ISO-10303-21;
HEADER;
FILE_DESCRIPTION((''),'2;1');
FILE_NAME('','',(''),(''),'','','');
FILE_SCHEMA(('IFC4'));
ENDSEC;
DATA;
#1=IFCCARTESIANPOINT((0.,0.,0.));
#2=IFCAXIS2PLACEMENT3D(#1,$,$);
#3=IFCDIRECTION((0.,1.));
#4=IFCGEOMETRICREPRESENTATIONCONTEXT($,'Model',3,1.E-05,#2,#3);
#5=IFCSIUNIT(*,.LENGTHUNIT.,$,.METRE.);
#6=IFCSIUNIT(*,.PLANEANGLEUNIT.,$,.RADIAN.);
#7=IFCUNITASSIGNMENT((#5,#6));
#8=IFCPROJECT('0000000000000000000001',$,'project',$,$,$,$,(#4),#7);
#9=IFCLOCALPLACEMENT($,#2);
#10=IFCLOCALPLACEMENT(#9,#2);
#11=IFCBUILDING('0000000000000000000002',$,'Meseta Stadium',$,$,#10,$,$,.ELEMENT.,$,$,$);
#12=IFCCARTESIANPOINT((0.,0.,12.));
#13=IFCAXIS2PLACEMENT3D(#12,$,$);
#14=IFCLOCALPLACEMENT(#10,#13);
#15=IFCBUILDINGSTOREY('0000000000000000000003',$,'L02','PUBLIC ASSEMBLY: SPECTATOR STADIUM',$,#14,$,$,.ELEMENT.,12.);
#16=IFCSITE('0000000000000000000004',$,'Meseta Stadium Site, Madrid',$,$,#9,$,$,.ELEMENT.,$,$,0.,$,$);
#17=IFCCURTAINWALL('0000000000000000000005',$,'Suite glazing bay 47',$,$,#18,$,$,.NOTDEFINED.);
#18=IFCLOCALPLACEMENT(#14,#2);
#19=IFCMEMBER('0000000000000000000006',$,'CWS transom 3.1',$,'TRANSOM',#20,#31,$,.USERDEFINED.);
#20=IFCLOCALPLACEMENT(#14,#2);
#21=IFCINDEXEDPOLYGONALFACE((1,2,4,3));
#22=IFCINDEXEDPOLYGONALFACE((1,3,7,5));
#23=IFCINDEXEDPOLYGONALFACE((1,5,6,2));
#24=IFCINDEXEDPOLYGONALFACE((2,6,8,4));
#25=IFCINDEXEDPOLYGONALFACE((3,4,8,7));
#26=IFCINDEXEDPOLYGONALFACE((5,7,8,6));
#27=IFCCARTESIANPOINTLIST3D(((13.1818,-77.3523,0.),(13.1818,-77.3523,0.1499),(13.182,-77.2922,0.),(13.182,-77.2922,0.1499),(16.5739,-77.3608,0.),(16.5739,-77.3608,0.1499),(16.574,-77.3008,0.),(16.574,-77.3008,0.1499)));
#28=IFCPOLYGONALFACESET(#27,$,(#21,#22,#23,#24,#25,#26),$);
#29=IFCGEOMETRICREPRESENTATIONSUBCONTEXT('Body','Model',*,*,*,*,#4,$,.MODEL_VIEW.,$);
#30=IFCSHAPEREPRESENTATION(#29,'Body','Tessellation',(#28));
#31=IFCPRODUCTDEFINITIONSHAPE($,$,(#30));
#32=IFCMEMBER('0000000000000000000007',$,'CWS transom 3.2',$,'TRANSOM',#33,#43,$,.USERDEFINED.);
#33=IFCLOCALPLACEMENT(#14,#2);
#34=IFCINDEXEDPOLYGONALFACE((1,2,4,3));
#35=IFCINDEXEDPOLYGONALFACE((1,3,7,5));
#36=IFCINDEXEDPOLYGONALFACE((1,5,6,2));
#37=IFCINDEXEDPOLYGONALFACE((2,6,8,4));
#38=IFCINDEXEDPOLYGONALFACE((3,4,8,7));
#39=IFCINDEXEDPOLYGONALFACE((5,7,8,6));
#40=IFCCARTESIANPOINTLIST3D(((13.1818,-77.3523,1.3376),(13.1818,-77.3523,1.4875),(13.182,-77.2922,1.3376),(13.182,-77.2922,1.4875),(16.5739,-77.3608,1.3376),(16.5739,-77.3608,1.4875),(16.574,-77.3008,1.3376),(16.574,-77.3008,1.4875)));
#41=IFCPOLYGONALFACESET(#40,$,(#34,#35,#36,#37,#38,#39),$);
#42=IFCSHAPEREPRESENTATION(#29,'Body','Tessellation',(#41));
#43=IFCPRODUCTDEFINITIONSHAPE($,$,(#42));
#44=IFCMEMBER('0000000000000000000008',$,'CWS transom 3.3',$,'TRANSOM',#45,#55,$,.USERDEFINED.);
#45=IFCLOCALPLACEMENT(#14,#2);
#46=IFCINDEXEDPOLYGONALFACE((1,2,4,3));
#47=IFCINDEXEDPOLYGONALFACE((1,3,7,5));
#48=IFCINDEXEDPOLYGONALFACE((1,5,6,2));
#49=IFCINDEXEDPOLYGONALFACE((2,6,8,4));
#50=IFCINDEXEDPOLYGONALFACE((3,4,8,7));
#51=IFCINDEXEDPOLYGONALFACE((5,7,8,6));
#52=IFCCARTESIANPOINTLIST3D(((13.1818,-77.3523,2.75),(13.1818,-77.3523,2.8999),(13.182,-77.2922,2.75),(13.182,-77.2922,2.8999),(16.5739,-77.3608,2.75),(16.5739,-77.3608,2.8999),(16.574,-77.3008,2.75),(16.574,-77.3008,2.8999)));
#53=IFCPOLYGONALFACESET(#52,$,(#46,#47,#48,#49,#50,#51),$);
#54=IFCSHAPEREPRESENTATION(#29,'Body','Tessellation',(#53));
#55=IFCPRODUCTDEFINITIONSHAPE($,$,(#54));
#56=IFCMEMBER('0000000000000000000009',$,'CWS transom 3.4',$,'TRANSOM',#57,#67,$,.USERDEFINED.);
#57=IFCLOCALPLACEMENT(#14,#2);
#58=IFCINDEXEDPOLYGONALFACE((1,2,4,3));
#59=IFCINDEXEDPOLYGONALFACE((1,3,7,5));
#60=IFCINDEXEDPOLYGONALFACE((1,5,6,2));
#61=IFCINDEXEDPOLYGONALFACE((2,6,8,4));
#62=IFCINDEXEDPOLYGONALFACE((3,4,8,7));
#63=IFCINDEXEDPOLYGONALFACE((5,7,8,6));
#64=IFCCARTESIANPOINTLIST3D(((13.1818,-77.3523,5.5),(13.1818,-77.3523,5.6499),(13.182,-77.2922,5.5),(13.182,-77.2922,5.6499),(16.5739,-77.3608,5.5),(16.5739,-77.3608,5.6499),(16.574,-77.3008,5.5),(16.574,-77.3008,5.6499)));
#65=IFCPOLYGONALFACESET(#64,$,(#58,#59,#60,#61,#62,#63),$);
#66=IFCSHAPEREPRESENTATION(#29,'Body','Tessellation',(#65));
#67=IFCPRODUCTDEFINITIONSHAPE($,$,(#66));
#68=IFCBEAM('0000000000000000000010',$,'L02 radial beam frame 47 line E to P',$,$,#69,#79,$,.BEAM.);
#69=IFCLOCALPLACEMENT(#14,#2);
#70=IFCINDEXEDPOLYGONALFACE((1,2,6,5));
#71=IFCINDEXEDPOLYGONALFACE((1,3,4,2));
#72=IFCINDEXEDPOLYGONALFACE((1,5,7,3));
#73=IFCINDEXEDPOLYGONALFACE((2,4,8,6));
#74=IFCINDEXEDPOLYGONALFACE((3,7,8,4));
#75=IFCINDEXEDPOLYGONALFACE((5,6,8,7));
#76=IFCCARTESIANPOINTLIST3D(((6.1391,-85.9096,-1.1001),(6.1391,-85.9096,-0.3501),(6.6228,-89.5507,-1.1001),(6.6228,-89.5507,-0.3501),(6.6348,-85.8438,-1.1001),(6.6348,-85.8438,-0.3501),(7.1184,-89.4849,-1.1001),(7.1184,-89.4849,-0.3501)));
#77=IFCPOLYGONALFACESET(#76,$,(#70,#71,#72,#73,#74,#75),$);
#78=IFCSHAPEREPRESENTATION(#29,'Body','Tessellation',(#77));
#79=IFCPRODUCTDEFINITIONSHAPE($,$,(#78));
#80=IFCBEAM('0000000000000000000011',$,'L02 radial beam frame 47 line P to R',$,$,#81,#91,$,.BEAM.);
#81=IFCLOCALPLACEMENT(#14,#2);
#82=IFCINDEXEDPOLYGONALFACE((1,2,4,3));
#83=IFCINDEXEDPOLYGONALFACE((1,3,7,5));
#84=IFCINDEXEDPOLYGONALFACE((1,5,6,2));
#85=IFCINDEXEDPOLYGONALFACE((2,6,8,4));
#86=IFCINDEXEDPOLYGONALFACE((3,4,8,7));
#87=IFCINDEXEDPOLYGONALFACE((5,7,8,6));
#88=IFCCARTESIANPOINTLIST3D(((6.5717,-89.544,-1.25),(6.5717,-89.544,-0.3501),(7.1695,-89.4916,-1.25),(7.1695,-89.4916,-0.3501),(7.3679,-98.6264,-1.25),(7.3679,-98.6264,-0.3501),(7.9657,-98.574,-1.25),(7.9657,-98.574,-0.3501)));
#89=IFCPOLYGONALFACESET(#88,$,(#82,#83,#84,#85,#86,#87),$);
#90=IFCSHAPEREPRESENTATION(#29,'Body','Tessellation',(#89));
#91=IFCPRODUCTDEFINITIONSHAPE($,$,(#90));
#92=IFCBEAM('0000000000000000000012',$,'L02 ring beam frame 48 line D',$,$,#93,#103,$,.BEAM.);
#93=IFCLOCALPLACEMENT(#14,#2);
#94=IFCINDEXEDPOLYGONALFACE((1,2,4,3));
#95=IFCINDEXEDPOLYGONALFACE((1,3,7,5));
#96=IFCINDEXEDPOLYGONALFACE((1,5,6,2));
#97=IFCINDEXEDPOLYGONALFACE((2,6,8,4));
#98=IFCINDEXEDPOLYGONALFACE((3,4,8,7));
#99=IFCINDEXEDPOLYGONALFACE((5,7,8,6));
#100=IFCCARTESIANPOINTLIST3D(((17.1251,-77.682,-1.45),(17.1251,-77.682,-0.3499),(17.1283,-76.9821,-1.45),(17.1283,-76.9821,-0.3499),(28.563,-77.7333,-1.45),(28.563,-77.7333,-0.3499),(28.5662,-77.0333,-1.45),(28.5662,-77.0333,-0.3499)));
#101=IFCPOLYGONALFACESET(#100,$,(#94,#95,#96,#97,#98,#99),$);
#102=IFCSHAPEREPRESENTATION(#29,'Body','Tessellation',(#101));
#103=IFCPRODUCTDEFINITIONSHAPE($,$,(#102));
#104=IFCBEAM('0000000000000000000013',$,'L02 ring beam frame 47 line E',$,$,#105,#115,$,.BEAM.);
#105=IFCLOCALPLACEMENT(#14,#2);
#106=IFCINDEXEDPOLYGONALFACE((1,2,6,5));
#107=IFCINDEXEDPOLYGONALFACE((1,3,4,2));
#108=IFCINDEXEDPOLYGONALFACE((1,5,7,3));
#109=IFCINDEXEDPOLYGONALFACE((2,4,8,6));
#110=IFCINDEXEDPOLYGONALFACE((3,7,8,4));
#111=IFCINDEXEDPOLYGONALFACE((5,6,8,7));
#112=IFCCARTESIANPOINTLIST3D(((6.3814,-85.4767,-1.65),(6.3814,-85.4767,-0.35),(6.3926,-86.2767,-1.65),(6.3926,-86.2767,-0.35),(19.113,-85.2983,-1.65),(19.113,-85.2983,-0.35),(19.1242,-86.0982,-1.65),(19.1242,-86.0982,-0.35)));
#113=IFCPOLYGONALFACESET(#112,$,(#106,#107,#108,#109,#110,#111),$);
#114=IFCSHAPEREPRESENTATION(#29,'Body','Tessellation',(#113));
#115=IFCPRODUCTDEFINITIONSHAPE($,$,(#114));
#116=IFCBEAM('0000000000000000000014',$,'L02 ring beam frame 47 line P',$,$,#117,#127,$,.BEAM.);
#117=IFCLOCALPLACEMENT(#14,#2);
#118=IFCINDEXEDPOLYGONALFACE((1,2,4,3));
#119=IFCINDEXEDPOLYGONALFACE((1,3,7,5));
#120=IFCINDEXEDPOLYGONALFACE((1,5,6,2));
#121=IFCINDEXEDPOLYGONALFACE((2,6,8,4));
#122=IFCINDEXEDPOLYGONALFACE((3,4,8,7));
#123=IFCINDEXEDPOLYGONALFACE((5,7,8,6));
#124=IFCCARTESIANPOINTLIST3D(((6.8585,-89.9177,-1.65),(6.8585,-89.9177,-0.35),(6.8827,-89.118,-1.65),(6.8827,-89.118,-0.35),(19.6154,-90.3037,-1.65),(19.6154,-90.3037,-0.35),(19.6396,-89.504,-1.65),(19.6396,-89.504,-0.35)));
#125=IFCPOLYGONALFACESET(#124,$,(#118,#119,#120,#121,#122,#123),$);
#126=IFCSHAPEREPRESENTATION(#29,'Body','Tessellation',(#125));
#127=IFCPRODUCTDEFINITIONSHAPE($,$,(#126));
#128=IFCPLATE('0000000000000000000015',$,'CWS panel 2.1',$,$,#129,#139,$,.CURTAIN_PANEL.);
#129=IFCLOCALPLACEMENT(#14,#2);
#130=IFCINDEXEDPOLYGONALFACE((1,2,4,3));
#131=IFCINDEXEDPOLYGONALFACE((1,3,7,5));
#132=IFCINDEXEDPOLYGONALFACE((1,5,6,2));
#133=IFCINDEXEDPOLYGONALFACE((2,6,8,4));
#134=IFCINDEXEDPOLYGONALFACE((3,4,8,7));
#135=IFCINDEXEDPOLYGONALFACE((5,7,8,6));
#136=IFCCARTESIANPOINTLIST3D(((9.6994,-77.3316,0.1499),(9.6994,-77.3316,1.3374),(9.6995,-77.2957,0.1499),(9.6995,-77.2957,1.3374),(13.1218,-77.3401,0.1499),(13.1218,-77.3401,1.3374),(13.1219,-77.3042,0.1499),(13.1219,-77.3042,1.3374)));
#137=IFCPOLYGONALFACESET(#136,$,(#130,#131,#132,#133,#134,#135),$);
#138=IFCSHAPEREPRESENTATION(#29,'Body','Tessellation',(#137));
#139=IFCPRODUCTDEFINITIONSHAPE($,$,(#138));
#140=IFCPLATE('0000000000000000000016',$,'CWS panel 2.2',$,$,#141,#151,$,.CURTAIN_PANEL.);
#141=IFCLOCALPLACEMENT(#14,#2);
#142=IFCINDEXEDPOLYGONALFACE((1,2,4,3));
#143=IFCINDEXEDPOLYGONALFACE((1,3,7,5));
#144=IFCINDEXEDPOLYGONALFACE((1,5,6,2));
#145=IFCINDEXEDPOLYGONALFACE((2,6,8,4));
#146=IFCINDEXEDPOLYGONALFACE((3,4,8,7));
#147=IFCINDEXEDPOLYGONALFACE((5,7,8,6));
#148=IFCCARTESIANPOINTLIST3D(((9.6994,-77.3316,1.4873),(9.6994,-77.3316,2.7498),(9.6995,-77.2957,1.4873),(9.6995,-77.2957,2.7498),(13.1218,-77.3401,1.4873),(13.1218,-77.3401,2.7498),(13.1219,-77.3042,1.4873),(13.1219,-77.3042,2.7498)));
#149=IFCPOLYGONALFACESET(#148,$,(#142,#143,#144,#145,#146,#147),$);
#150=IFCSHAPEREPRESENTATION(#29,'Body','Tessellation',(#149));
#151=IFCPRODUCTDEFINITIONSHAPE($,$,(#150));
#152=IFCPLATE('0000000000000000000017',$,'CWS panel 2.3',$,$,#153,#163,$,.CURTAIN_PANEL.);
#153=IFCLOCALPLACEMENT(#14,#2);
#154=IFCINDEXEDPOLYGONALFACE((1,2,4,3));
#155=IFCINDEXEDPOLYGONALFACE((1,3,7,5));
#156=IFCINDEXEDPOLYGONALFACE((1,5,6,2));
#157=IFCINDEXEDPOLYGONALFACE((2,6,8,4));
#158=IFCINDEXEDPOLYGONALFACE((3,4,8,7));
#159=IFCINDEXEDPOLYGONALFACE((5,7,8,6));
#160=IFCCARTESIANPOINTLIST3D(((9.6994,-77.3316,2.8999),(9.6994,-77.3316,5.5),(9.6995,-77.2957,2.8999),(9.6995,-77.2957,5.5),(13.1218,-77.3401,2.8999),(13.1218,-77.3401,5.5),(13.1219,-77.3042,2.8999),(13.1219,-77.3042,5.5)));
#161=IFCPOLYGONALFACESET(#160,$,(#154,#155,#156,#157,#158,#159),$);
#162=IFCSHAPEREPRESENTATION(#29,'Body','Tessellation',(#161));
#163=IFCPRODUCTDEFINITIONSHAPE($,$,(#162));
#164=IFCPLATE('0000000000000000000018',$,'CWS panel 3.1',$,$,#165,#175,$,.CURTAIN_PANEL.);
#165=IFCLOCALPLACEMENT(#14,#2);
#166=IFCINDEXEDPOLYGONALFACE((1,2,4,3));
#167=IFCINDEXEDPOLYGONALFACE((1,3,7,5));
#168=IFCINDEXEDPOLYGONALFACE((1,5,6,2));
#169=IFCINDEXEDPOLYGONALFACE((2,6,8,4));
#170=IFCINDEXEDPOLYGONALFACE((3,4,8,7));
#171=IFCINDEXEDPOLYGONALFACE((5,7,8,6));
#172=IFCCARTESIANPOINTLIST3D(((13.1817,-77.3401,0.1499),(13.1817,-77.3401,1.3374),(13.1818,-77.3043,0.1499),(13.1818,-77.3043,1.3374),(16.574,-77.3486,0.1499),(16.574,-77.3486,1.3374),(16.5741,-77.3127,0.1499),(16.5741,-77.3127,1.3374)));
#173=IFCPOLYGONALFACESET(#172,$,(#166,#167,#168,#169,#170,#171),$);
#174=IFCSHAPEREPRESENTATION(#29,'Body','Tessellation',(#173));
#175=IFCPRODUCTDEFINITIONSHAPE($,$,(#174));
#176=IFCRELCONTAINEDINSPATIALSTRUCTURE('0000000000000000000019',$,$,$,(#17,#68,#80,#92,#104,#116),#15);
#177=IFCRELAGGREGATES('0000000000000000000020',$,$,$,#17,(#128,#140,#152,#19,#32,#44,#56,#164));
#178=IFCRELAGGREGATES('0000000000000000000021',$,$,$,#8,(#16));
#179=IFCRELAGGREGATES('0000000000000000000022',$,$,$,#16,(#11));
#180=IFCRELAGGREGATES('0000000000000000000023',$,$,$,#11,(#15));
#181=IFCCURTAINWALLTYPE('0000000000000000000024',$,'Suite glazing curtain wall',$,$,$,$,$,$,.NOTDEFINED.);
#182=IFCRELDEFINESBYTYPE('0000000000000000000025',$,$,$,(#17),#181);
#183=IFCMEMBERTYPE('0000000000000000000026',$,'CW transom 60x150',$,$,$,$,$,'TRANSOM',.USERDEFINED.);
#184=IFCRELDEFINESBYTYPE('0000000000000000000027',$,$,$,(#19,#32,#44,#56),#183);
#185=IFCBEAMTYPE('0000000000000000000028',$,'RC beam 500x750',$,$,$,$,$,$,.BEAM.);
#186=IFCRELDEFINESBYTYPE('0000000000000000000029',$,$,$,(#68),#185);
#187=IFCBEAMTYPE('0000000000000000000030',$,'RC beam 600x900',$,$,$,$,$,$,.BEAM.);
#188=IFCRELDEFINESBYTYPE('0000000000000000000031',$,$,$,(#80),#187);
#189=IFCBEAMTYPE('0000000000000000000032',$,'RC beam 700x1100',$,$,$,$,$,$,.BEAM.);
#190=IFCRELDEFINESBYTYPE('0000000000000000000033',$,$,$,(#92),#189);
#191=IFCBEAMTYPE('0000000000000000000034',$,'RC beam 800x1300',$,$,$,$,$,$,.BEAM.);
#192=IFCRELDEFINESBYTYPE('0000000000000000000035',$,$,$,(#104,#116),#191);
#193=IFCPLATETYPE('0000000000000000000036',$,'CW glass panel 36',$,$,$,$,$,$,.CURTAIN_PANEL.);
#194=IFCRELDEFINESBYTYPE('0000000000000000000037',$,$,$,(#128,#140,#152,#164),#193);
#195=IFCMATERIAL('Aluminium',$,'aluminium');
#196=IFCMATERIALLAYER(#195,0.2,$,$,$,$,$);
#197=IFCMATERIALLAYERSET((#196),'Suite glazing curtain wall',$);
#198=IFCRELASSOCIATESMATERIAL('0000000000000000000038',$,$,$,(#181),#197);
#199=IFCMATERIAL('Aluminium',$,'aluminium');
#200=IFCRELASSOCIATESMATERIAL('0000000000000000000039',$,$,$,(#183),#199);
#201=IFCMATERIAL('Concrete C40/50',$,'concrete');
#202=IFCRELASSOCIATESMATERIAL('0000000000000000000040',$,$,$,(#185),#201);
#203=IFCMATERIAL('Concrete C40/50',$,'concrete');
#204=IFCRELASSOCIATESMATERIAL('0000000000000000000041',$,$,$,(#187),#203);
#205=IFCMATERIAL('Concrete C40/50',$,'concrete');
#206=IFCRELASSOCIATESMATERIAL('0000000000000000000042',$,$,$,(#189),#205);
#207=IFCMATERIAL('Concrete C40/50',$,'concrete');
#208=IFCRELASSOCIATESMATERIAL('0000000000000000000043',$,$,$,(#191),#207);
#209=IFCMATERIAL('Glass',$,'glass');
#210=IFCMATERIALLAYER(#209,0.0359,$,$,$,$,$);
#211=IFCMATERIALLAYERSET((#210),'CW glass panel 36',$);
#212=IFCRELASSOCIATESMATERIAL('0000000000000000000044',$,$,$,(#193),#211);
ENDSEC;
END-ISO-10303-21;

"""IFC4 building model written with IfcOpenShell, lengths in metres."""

from ifc_helpers import new_model, si_unit, direction, frame, origin, origin_2d, place, context, subcontext, project, spatial, rectangle, extrude, material, layer, layer_set, material_profile, profile_set, type_object, element, aggregate, save


model = new_model("IFC4")

# Units and contexts
model_context = context("Model", 3, precision=1e-05, world=origin(), true_north=direction((0.0, 1.0)))
body_context = subcontext(model_context, "Body", "Model", "MODEL_VIEW")
ifc_project = project(units=[si_unit("LENGTHUNIT", "METRE"), si_unit("PLANEANGLEUNIT", "RADIAN")], contexts=[model_context])

# Site, building, storey
site_placement = place(None, origin())
site = spatial("IfcSite", under=ifc_project, at=site_placement, Name="Meseta Stadium Site, Madrid", CompositionType="ELEMENT", RefElevation=0.0)
building_placement = place(site_placement, origin())
building = spatial("IfcBuilding", under=site, at=building_placement, Name="Meseta Stadium", CompositionType="ELEMENT")
storey_placement = place(building_placement, frame((0.0, 0.0, 12.0)))
storey = spatial("IfcBuildingStorey", under=building, at=storey_placement, Name="L02", Description="PUBLIC ASSEMBLY: SPECTATOR STADIUM", CompositionType="ELEMENT", Elevation=12.0)

# Curtain wall, members
ifc_material_1 = material(Name="Aluminium", Category="aluminium")
ifc_layer_1 = layer(ifc_material_1, 0.2)
ifc_layer_set_1 = layer_set([ifc_layer_1], Name="Suite glazing curtain wall")
curtain_wall_type = type_object("IfcCurtainWallType", Name="Suite glazing curtain wall", PredefinedType="NOTDEFINED", material=ifc_layer_set_1)
curtain_wall_placement = place(storey_placement, origin())
curtain_wall = element("IfcCurtainWall", 1, at=curtain_wall_placement, inside=storey, type_object=curtain_wall_type, Name="Suite glazing bay 47", PredefinedType="NOTDEFINED")
ifc_material_2 = material(Name="Aluminium", Category="aluminium")
ifc_material_profile_1 = material_profile(ifc_material_2, rectangle(XDim=0.0601, YDim=0.1499, at=origin_2d()), Name="CW 60x150")
ifc_profile_set_1 = profile_set([ifc_material_profile_1], Name="Aluminium")
member_type_1 = type_object("IfcMemberType", Name="CW transom 60x150", ElementType="TRANSOM", PredefinedType="USERDEFINED", material=ifc_profile_set_1)
member_1_placement = place(storey_placement, frame((13.1819, -77.3223, 0.075), z_axis=(0.999997, -0.002519, 0.0), x_axis=(0.002519, 0.999997, 0.0)))
member_1 = element("IfcMember", 2, at=member_1_placement, type_object=member_type_1, Name="CWS transom 3.1", ObjectType="TRANSOM", PredefinedType="USERDEFINED", context=body_context, shape_type="SweptSolid", body=[
    extrude(rectangle(XDim=0.0601, YDim=0.1499, at=origin_2d()), origin(), (0.0, 0.0, 1.0), 3.3921),
])
member_2_placement = place(storey_placement, frame((13.1819, -77.3223, 1.4126), z_axis=(0.999997, -0.002519, 0.0), x_axis=(0.002519, 0.999997, 0.0)))
member_2 = element("IfcMember", 3, at=member_2_placement, type_object=member_type_1, Name="CWS transom 3.2", ObjectType="TRANSOM", PredefinedType="USERDEFINED", context=body_context, shape_type="SweptSolid", body=[
    extrude(rectangle(XDim=0.0601, YDim=0.1499, at=origin_2d()), origin(), (0.0, 0.0, 1.0), 3.3921),
])
member_3_placement = place(storey_placement, frame((13.1819, -77.3223, 2.825), z_axis=(0.999997, -0.002519, 0.0), x_axis=(0.002519, 0.999997, 0.0)))
member_3 = element("IfcMember", 4, at=member_3_placement, type_object=member_type_1, Name="CWS transom 3.3", ObjectType="TRANSOM", PredefinedType="USERDEFINED", context=body_context, shape_type="SweptSolid", body=[
    extrude(rectangle(XDim=0.0601, YDim=0.1499, at=origin_2d()), origin(), (0.0, 0.0, 1.0), 3.3921),
])
member_4_placement = place(storey_placement, frame((13.1819, -77.3223, 5.575), z_axis=(0.999997, -0.002519, 0.0), x_axis=(0.002519, 0.999997, 0.0)))
member_4 = element("IfcMember", 5, at=member_4_placement, type_object=member_type_1, Name="CWS transom 3.4", ObjectType="TRANSOM", PredefinedType="USERDEFINED", context=body_context, shape_type="SweptSolid", body=[
    extrude(rectangle(XDim=0.0601, YDim=0.1499, at=origin_2d()), origin(), (0.0, 0.0, 1.0), 3.3921),
])

# Beams
ifc_material_3 = material(Name="Concrete C40/50", Category="concrete")
ifc_material_profile_2 = material_profile(ifc_material_3, rectangle(XDim=0.5, YDim=0.75, at=origin_2d()), Name="RC 500x750")
ifc_profile_set_2 = profile_set([ifc_material_profile_2], Name="Concrete C40/50")
beam_type_1 = type_object("IfcBeamType", Name="RC beam 500x750", PredefinedType="BEAM", material=ifc_profile_set_2)
beam_1_placement = place(storey_placement, frame((6.387, -85.8767, -0.7251), z_axis=(0.131672, -0.991293, 0.0), x_axis=(0.991293, 0.131672, 0.0)))
element("IfcBeam", 6, at=beam_1_placement, inside=storey, type_object=beam_type_1, Name="L02 radial beam frame 47 line E to P", PredefinedType="BEAM", context=body_context, shape_type="SweptSolid", body=[
    extrude(rectangle(XDim=0.5, YDim=0.75, at=origin_2d()), origin(), (0.0, 0.0, 1.0), 3.6731),
])
ifc_material_4 = material(Name="Concrete C40/50", Category="concrete")
ifc_material_profile_3 = material_profile(ifc_material_4, rectangle(XDim=0.6001, YDim=0.8999, at=origin_2d()), Name="RC 600x900")
ifc_profile_set_3 = profile_set([ifc_material_profile_3], Name="Concrete C40/50")
beam_type_2 = type_object("IfcBeamType", Name="RC beam 600x900", PredefinedType="BEAM", material=ifc_profile_set_3)
beam_2_placement = place(storey_placement, frame((6.8706, -89.5178, -0.8), z_axis=(0.087324, -0.99618, 0.0), x_axis=(0.99618, 0.087324, 0.0)))
element("IfcBeam", 7, at=beam_2_placement, inside=storey, type_object=beam_type_2, Name="L02 radial beam frame 47 line P to R", PredefinedType="BEAM", context=body_context, shape_type="SweptSolid", body=[
    extrude(rectangle(XDim=0.6001, YDim=0.8999, at=origin_2d()), origin(), (0.0, 0.0, 1.0), 9.1172),
])
ifc_material_5 = material(Name="Concrete C40/50", Category="concrete")
ifc_material_profile_4 = material_profile(ifc_material_5, rectangle(XDim=0.7, YDim=1.1001, at=origin_2d()), Name="RC 700x1100")
ifc_profile_set_4 = profile_set([ifc_material_profile_4], Name="Concrete C40/50")
beam_type_3 = type_object("IfcBeamType", Name="RC beam 700x1100", PredefinedType="BEAM", material=ifc_profile_set_4)
beam_3_placement = place(storey_placement, frame((17.1267, -77.332, -0.8999), z_axis=(0.99999, -0.004482, 0.0), x_axis=(0.004482, 0.99999, 0.0)))
element("IfcBeam", 8, at=beam_3_placement, inside=storey, type_object=beam_type_3, Name="L02 ring beam frame 48 line D", PredefinedType="BEAM", context=body_context, shape_type="SweptSolid", body=[
    extrude(rectangle(XDim=0.7, YDim=1.1001, at=origin_2d()), origin(), (0.0, 0.0, 1.0), 11.438),
])
ifc_material_6 = material(Name="Concrete C40/50", Category="concrete")
ifc_material_profile_5 = material_profile(ifc_material_6, rectangle(XDim=0.8, YDim=1.3, at=origin_2d()), Name="RC 800x1300")
ifc_profile_set_5 = profile_set([ifc_material_profile_5], Name="Concrete C40/50")
beam_type_4 = type_object("IfcBeamType", Name="RC beam 800x1300", PredefinedType="BEAM", material=ifc_profile_set_5)
beam_4_placement = place(storey_placement, frame((6.387, -85.8767, -1.0), z_axis=(0.999902, 0.014016, 0.0), x_axis=(-0.014016, 0.999902, 0.0)))
element("IfcBeam", 9, at=beam_4_placement, inside=storey, type_object=beam_type_4, Name="L02 ring beam frame 47 line E", PredefinedType="BEAM", context=body_context, shape_type="SweptSolid", body=[
    extrude(rectangle(XDim=0.8, YDim=1.3, at=origin_2d()), origin(), (0.0, 0.0, 1.0), 12.7329),
])
beam_5_placement = place(storey_placement, frame((6.8706, -89.5178, -1.0), z_axis=(0.999543, -0.030243, 0.0), x_axis=(0.030243, 0.999543, 0.0)))
element("IfcBeam", 10, at=beam_5_placement, inside=storey, type_object=beam_type_4, Name="L02 ring beam frame 47 line P", PredefinedType="BEAM", context=body_context, shape_type="SweptSolid", body=[
    extrude(rectangle(XDim=0.8, YDim=1.3, at=origin_2d()), origin(), (0.0, 0.0, 1.0), 12.7627),
])

# Plates
ifc_material_7 = material(Name="Glass", Category="glass")
ifc_layer_2 = layer(ifc_material_7, 0.0359)
ifc_layer_set_2 = layer_set([ifc_layer_2], Name="CW glass panel 36")
plate_type = type_object("IfcPlateType", Name="CW glass panel 36", PredefinedType="CURTAIN_PANEL", material=ifc_layer_set_2)
plate_1_placement = place(storey_placement, frame((11.4106, -77.3179, 0.1499), z_axis=(0.0, 0.0, 1.0), x_axis=(0.999997, -0.002486, 0.0)))
plate_1 = element("IfcPlate", 11, at=plate_1_placement, type_object=plate_type, Name="CWS panel 2.1", PredefinedType="CURTAIN_PANEL", context=body_context, shape_type="SweptSolid", body=[
    extrude(rectangle(XDim=3.4224, YDim=0.0359, at=origin_2d()), origin(), (0.0, 0.0, 1.0), 1.1875),
])
plate_2_placement = place(storey_placement, frame((11.4106, -77.3179, 1.4873), z_axis=(0.0, 0.0, 1.0), x_axis=(0.999997, -0.002486, 0.0)))
plate_2 = element("IfcPlate", 12, at=plate_2_placement, type_object=plate_type, Name="CWS panel 2.2", PredefinedType="CURTAIN_PANEL", context=body_context, shape_type="SweptSolid", body=[
    extrude(rectangle(XDim=3.4224, YDim=0.0359, at=origin_2d()), origin(), (0.0, 0.0, 1.0), 1.2625),
])
plate_3_placement = place(storey_placement, frame((11.4106, -77.3179, 2.8999), z_axis=(0.0, 0.0, 1.0), x_axis=(0.999997, -0.002486, 0.0)))
plate_3 = element("IfcPlate", 13, at=plate_3_placement, type_object=plate_type, Name="CWS panel 2.3", PredefinedType="CURTAIN_PANEL", context=body_context, shape_type="SweptSolid", body=[
    extrude(rectangle(XDim=3.4224, YDim=0.0359, at=origin_2d()), origin(), (0.0, 0.0, 1.0), 2.6001),
])
plate_4_placement = place(storey_placement, frame((14.8779, -77.3264, 0.1499), z_axis=(0.0, 0.0, 1.0), x_axis=(0.999997, -0.002486, 0.0)))
plate_4 = element("IfcPlate", 14, at=plate_4_placement, type_object=plate_type, Name="CWS panel 3.1", PredefinedType="CURTAIN_PANEL", context=body_context, shape_type="SweptSolid", body=[
    extrude(rectangle(XDim=3.3923, YDim=0.0359, at=origin_2d()), origin(), (0.0, 0.0, 1.0), 1.1875),
])
aggregate(curtain_wall, [plate_1, plate_2, plate_3, member_1, member_2, member_3, member_4, plate_4])

save(model, "model.ifc")
